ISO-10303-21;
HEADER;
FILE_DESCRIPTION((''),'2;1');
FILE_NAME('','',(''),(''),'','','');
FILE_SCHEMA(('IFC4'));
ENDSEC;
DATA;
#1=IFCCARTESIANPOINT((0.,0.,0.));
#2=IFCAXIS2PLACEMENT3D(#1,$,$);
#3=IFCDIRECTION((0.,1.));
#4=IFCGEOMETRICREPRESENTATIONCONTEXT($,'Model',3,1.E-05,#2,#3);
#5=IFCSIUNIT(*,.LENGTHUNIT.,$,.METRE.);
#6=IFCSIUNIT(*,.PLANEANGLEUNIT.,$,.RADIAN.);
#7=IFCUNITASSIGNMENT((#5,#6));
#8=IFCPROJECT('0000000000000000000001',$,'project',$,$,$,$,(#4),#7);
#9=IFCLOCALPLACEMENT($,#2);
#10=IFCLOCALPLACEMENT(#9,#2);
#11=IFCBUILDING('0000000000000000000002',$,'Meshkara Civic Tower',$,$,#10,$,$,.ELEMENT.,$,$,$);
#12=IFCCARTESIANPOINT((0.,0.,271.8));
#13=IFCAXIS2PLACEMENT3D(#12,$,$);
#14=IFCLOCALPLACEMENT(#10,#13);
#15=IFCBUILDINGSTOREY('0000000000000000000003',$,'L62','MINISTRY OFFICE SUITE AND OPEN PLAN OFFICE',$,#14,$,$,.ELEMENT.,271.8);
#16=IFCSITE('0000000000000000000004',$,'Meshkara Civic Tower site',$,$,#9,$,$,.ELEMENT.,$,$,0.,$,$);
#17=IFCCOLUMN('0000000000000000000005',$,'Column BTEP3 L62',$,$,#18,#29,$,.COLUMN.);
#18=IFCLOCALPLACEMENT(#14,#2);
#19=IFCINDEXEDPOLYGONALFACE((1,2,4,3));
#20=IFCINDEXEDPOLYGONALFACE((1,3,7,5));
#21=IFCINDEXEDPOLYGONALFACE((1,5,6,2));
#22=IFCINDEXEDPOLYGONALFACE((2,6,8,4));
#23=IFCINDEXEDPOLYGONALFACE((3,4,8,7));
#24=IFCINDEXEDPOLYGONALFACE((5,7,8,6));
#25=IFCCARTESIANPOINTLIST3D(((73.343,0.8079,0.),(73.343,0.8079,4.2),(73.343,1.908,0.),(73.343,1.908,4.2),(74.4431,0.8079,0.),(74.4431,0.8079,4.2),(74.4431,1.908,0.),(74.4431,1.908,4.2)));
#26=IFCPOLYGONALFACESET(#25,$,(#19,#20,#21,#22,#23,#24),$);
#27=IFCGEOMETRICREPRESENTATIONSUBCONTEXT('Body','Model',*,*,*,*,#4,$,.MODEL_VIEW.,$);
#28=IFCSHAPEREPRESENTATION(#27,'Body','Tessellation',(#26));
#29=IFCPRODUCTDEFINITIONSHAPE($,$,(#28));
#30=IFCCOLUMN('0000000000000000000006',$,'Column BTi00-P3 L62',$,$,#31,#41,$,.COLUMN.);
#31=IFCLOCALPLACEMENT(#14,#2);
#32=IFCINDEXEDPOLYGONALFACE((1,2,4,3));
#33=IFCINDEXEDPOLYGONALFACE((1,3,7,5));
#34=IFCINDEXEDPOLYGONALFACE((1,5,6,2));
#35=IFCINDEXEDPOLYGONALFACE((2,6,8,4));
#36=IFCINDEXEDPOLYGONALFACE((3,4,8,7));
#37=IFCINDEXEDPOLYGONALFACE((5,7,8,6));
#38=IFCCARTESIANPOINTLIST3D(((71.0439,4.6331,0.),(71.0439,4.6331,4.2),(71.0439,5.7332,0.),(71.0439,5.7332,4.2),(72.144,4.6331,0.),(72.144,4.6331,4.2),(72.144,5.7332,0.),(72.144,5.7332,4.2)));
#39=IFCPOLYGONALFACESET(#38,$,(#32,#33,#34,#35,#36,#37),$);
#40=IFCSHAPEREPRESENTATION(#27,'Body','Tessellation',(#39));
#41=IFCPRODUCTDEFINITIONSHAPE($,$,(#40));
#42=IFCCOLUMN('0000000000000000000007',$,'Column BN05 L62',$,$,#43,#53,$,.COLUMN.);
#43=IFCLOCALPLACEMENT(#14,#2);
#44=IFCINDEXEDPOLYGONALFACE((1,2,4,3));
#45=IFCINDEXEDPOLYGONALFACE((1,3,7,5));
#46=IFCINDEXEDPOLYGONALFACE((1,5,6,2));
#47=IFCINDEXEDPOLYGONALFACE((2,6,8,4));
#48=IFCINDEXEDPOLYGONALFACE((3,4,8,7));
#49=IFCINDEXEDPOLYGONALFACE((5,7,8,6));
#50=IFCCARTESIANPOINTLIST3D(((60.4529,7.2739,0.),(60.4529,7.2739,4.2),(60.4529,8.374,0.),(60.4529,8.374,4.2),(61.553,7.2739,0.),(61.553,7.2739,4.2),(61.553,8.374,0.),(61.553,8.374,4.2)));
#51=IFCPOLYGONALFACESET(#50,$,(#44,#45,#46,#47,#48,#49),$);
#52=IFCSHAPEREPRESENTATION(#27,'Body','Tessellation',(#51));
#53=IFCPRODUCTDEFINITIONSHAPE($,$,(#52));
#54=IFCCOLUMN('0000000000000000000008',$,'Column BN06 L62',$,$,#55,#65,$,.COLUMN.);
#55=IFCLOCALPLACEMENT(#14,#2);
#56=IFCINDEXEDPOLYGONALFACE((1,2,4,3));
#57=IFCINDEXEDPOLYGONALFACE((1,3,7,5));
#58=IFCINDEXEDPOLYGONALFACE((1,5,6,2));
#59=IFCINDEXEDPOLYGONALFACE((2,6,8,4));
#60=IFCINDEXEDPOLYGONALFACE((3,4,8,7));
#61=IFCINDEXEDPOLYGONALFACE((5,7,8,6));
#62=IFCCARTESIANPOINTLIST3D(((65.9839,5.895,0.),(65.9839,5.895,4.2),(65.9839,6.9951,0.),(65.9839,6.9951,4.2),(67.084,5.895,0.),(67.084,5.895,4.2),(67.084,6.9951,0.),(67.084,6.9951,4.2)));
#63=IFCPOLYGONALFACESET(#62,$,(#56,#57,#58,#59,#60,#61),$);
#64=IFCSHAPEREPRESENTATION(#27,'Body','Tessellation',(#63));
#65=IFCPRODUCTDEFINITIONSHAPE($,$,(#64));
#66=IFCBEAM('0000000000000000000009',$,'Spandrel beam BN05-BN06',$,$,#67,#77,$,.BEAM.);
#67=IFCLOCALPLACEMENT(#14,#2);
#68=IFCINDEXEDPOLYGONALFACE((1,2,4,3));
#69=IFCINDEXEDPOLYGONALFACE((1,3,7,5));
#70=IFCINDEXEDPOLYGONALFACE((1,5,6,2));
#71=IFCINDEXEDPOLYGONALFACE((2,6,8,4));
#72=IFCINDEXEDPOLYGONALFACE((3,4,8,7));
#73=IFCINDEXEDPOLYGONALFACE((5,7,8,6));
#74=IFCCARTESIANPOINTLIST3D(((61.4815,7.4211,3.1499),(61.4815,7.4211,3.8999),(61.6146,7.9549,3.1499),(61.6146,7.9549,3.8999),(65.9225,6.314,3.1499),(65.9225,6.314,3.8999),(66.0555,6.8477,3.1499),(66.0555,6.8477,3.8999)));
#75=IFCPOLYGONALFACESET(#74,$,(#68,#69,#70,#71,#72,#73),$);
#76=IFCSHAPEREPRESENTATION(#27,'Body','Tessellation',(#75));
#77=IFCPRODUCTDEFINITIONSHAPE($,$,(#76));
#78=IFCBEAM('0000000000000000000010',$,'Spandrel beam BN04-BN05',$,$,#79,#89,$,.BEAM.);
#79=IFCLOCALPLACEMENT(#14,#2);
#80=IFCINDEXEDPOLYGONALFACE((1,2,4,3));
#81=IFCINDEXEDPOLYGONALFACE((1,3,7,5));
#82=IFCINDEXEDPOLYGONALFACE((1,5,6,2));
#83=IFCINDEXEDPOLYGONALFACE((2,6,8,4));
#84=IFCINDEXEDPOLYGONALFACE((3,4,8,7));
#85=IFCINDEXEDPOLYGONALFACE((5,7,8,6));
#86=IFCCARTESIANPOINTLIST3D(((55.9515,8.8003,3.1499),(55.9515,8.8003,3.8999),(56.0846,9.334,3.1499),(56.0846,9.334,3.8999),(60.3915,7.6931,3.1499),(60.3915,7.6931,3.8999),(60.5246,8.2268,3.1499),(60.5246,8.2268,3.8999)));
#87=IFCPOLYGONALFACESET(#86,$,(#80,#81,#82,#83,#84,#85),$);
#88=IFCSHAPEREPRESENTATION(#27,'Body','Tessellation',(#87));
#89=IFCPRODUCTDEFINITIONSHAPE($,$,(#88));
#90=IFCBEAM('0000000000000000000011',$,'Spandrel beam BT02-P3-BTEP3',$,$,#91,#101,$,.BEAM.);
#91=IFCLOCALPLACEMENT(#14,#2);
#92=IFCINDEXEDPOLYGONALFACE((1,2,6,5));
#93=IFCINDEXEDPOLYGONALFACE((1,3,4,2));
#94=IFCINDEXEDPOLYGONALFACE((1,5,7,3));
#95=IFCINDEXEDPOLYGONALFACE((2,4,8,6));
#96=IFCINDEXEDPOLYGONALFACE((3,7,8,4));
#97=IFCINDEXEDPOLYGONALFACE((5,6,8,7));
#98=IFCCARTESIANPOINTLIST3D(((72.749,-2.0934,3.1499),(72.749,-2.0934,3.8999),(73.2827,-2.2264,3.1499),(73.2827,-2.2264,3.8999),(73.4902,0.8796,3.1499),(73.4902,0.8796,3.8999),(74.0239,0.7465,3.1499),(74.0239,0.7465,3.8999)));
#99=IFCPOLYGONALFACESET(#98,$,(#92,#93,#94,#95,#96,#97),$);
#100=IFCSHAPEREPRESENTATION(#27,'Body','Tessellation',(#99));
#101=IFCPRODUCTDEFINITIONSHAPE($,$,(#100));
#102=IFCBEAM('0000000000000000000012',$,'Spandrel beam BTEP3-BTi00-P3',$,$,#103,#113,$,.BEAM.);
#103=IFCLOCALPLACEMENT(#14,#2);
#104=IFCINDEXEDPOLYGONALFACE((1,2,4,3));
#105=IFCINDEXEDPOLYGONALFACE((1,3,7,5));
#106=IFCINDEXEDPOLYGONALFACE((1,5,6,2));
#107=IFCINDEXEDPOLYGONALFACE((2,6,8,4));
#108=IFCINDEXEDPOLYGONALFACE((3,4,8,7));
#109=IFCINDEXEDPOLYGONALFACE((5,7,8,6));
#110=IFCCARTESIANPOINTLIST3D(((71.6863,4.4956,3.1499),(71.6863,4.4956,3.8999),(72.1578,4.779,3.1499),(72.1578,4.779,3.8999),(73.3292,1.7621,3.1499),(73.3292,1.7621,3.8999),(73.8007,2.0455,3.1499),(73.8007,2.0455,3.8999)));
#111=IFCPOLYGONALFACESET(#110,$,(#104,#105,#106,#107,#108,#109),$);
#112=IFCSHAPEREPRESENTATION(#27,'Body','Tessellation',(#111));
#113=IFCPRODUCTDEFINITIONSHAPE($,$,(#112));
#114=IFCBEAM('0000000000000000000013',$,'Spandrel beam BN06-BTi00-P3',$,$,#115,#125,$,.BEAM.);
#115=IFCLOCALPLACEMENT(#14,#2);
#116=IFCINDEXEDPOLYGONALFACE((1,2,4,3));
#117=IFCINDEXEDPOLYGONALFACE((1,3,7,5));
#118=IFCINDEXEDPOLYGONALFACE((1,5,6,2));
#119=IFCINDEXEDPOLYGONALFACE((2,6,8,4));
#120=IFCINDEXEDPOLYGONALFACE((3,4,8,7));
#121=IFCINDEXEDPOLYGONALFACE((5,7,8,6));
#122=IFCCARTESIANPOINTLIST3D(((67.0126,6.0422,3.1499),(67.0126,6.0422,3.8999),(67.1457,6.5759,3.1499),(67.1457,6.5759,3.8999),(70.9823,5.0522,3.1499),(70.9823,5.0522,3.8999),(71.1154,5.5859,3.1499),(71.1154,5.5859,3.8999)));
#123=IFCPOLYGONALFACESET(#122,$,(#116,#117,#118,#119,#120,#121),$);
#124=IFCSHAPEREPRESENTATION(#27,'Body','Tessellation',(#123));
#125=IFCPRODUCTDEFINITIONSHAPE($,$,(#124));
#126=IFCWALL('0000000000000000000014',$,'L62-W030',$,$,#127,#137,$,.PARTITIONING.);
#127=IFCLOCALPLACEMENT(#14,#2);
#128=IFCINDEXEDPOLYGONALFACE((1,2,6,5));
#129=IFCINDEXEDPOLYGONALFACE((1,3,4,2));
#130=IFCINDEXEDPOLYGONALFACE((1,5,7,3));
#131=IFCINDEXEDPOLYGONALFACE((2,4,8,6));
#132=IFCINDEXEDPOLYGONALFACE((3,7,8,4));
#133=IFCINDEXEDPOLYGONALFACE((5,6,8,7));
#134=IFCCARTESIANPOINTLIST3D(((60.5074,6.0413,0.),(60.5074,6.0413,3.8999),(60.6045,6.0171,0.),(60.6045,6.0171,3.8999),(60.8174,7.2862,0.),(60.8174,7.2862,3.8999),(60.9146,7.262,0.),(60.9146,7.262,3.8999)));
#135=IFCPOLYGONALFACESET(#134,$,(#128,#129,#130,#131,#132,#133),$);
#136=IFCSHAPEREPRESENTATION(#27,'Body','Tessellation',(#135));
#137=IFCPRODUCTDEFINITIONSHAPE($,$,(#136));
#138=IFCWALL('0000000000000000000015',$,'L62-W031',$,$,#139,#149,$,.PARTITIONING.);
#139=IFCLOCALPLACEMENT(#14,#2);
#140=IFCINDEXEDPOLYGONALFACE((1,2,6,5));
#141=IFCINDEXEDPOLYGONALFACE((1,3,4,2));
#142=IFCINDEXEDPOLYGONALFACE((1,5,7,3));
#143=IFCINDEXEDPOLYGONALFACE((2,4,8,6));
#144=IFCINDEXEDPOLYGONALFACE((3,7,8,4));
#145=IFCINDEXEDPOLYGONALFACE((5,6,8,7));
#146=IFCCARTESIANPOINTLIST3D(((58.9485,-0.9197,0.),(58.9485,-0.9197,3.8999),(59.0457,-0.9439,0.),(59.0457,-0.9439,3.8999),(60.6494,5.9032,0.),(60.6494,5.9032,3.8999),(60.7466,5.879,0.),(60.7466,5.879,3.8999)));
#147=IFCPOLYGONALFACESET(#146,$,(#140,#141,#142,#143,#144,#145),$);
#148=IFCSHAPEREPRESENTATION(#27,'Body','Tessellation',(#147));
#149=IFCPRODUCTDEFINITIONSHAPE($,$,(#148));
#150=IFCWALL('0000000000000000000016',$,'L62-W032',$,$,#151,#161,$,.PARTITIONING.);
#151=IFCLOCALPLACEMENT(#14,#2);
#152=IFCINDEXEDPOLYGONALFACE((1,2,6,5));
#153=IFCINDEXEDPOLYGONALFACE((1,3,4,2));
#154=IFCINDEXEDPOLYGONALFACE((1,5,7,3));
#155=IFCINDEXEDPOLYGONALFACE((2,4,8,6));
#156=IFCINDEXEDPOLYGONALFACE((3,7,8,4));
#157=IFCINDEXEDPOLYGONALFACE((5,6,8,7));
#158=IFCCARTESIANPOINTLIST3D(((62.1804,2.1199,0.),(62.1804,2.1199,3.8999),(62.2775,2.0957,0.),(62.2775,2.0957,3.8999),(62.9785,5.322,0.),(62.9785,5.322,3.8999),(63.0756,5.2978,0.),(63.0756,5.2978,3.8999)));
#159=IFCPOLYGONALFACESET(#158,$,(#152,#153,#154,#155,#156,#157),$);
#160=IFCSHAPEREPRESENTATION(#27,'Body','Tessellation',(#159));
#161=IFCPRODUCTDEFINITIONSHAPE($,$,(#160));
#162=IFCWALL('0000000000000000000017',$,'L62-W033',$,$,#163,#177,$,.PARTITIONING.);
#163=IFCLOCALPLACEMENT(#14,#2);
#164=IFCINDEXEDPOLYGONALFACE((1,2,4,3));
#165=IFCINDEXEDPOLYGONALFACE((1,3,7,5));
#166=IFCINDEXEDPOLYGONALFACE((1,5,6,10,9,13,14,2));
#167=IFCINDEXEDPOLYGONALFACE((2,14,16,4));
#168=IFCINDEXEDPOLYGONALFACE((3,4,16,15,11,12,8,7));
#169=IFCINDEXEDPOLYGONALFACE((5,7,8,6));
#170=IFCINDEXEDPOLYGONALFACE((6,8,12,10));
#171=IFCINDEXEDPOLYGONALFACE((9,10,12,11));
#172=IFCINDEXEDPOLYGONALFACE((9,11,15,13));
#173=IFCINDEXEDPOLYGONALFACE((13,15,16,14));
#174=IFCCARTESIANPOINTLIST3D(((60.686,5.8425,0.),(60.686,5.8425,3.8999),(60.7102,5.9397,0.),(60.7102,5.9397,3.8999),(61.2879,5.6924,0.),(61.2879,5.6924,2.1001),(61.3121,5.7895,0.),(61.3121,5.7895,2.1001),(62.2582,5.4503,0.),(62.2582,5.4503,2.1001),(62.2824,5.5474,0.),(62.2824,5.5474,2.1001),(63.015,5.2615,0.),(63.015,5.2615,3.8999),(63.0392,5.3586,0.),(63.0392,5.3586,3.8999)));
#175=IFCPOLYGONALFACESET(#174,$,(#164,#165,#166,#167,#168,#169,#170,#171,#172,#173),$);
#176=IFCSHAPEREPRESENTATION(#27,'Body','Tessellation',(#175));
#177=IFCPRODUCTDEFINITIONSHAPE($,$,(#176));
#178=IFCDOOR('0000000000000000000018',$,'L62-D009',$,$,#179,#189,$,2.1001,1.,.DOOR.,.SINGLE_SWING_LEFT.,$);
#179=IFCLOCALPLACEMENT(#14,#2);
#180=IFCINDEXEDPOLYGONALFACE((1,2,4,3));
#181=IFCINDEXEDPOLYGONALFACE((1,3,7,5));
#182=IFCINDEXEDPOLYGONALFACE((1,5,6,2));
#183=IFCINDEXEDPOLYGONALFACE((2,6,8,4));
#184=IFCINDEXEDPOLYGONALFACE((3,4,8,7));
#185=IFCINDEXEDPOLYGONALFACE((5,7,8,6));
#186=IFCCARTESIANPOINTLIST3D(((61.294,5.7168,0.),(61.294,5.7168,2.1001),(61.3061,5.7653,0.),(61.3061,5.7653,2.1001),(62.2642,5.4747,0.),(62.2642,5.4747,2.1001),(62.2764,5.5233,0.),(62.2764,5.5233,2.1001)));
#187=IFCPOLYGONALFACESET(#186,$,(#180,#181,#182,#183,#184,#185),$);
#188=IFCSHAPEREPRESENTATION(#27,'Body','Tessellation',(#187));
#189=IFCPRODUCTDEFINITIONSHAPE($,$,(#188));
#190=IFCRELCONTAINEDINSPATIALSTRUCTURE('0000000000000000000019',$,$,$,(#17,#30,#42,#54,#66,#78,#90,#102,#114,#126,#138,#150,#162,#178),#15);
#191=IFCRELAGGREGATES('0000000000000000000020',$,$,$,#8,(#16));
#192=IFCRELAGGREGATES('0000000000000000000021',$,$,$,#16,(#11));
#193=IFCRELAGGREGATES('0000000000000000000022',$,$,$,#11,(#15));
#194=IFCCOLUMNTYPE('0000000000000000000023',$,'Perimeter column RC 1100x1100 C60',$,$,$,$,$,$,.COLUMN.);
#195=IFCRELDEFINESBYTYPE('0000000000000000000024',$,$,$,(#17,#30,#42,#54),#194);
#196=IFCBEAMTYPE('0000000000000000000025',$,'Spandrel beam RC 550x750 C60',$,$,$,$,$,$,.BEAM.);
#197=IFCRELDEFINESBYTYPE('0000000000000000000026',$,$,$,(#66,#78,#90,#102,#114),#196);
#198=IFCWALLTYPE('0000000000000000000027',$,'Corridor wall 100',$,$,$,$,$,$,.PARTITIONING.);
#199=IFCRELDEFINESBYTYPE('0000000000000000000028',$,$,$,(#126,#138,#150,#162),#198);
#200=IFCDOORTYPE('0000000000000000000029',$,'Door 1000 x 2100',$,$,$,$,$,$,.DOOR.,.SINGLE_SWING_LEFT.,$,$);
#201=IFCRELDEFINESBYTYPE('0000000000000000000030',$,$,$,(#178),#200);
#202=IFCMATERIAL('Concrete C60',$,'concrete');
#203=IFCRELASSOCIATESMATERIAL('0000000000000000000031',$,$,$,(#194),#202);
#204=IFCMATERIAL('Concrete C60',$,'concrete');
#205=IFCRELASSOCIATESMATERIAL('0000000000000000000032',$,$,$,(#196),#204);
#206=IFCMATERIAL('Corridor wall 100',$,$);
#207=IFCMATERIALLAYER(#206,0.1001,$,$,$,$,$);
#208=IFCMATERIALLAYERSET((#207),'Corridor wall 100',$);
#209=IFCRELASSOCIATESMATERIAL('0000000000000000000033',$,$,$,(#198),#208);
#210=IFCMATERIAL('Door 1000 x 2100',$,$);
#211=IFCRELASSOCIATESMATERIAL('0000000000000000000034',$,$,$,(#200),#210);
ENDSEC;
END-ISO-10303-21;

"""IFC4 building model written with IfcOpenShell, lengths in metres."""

from ifc_helpers import new_model, si_unit, direction, frame, frame_2d, origin, origin_2d, place, context, subcontext, project, spatial, rectangle, extrude, material, layer, layer_set, material_profile, profile_set, type_object, element, fill, save


model = new_model("IFC4")

# Units and contexts
model_context = context("Model", 3, precision=1e-05, world=origin(), true_north=direction((0.0, 1.0)))
body_context = subcontext(model_context, "Body", "Model", "MODEL_VIEW")
ifc_project = project(units=[si_unit("LENGTHUNIT", "METRE"), si_unit("PLANEANGLEUNIT", "RADIAN")], contexts=[model_context])

# Site, building, storey
site_placement = place(None, origin())
site = spatial("IfcSite", under=ifc_project, at=site_placement, Name="Meshkara Civic Tower site", CompositionType="ELEMENT", RefElevation=0.0)
building_placement = place(site_placement, origin())
building = spatial("IfcBuilding", under=site, at=building_placement, Name="Meshkara Civic Tower", CompositionType="ELEMENT")
storey_placement = place(building_placement, frame((0.0, 0.0, 271.8)))
storey = spatial("IfcBuildingStorey", under=building, at=storey_placement, Name="L62", Description="MINISTRY OFFICE SUITE AND OPEN PLAN OFFICE", CompositionType="ELEMENT", Elevation=271.8)

# Columns
ifc_material_1 = material(Name="Concrete C60", Category="concrete")
ifc_material_profile_1 = material_profile(ifc_material_1, rectangle(XDim=1.1001, YDim=1.1001, at=origin_2d()))
ifc_profile_set_1 = profile_set([ifc_material_profile_1], Name="Concrete C60")
column_type = type_object("IfcColumnType", Name="Perimeter column RC 1100x1100 C60", PredefinedType="COLUMN", material=ifc_profile_set_1)
for number, where, z_axis, x_axis, name in (
    (1, (73.8931, 1.3579, 0.0), (0.0, 0.0, 1.0), (1.0, 0.0, 0.0), "Column BTEP3 L62"),
    (2, (71.594, 5.1831, 0.0), (0.0, 0.0, 1.0), (1.0, 0.0, 0.0), "Column BTi00-P3 L62"),
    (3, (61.0029, 7.824, 0.0), (0.0, 0.0, 1.0), (1.0, 0.0, 0.0), "Column BN05 L62"),
    (4, (66.5339, 6.4451, 0.0), (0.0, 0.0, 1.0), (1.0, 0.0, 0.0), "Column BN06 L62"),
):
    element("IfcColumn", number, at=place(storey_placement, frame(where, z_axis=z_axis, x_axis=x_axis)), inside=storey, type_object=column_type, Name=name, PredefinedType="COLUMN", context=body_context, shape_type="SweptSolid", body=[
        extrude(rectangle(XDim=1.1001, YDim=1.1001, at=origin_2d()), origin(), (0.0, 0.0, 1.0), 4.2),
    ])

# Beams
ifc_material_2 = material(Name="Concrete C60", Category="concrete")
ifc_material_profile_2 = material_profile(ifc_material_2, rectangle(XDim=0.55, YDim=0.75, at=origin_2d()))
ifc_profile_set_2 = profile_set([ifc_material_profile_2], Name="Concrete C60")
beam_type = type_object("IfcBeamType", Name="Spandrel beam RC 550x750 C60", PredefinedType="BEAM", material=ifc_profile_set_2)
beam_1_placement = place(storey_placement, frame((65.989, 6.5808, 3.5249), z_axis=(-0.970299, 0.241908, 0.0), x_axis=(-0.241908, -0.970299, 0.0)))
element("IfcBeam", 5, at=beam_1_placement, inside=storey, type_object=beam_type, Name="Spandrel beam BN05-BN06", PredefinedType="BEAM", context=body_context, shape_type="SweptSolid", body=[
    extrude(rectangle(XDim=0.55, YDim=0.75, at=origin_2d()), origin(), (0.0, 0.0, 1.0), 4.5769),
])
beam_2_placement = place(storey_placement, frame((60.458, 7.96, 3.5249), z_axis=(-0.970287, 0.241958, 0.0), x_axis=(-0.241958, -0.970287, 0.0)))
element("IfcBeam", 6, at=beam_2_placement, inside=storey, type_object=beam_type, Name="Spandrel beam BN04-BN05", PredefinedType="BEAM", context=body_context, shape_type="SweptSolid", body=[
    extrude(rectangle(XDim=0.55, YDim=0.75, at=origin_2d()), origin(), (0.0, 0.0, 1.0), 4.5759),
])
beam_3_placement = place(storey_placement, frame((73.0159, -2.1599, 3.5249), z_axis=(0.241917, 0.970297, 0.0), x_axis=(-0.970297, 0.241917, 0.0)))
element("IfcBeam", 7, at=beam_3_placement, inside=storey, type_object=beam_type, Name="Spandrel beam BT02-P3-BTEP3", PredefinedType="BEAM", context=body_context, shape_type="SweptSolid", body=[
    extrude(rectangle(XDim=0.55, YDim=0.75, at=origin_2d()), origin(), (0.0, 0.0, 1.0), 3.064),
])
beam_4_placement = place(storey_placement, frame((73.5649, 1.9038, 3.5249), z_axis=(-0.515137, 0.857108, 0.0), x_axis=(-0.857108, -0.515137, 0.0)))
element("IfcBeam", 8, at=beam_4_placement, inside=storey, type_object=beam_type, Name="Spandrel beam BTEP3-BTi00-P3", PredefinedType="BEAM", context=body_context, shape_type="SweptSolid", body=[
    extrude(rectangle(XDim=0.55, YDim=0.75, at=origin_2d()), origin(), (0.0, 0.0, 1.0), 3.1892),
])
beam_5_placement = place(storey_placement, frame((71.0488, 5.3191, 3.5249), z_axis=(-0.970283, 0.241974, 0.0), x_axis=(-0.241974, -0.970283, 0.0)))
element("IfcBeam", 9, at=beam_5_placement, inside=storey, type_object=beam_type, Name="Spandrel beam BN06-BTi00-P3", PredefinedType="BEAM", context=body_context, shape_type="SweptSolid", body=[
    extrude(rectangle(XDim=0.55, YDim=0.75, at=origin_2d()), origin(), (0.0, 0.0, 1.0), 4.0913),
])

# Walls
ifc_material_3 = material(Name="Corridor wall 100")
ifc_layer_1 = layer(ifc_material_3, 0.1001)
ifc_layer_set_1 = layer_set([ifc_layer_1], Name="Corridor wall 100")
wall_type_1 = type_object("IfcWallType", Name="Corridor wall 100", PredefinedType="PARTITIONING", material=ifc_layer_set_1)
wall_1_placement = place(storey_placement, frame((60.5559, 6.0291, 0.0), z_axis=(0.0, 0.0, 1.0), x_axis=(0.241685, 0.970355, 0.0)))
element("IfcWall", 10, at=wall_1_placement, inside=storey, type_object=wall_type_1, Name="L62-W030", PredefinedType="PARTITIONING", context=body_context, shape_type="SweptSolid", body=[
    extrude(rectangle(XDim=1.283, YDim=0.1001, at=frame_2d((0.6416, 0.0))), origin(), (0.0, 0.0, 1.0), 3.8999),
])
wall_2_placement = place(storey_placement, frame((60.698, 5.8911, 0.0), z_axis=(0.0, 0.0, 1.0), x_axis=(-0.24189, -0.970304, 0.0)))
element("IfcWall", 11, at=wall_2_placement, inside=storey, type_object=wall_type_1, Name="L62-W031", PredefinedType="PARTITIONING", context=body_context, shape_type="SweptSolid", body=[
    extrude(rectangle(XDim=7.0317, YDim=0.1001, at=frame_2d((3.5159, 0.0))), origin(), (0.0, 0.0, 1.0), 3.8999),
])
wall_3_placement = place(storey_placement, frame((62.229, 2.1079, 0.0), z_axis=(0.0, 0.0, 1.0), x_axis=(0.241839, 0.970316, 0.0)))
element("IfcWall", 12, at=wall_3_placement, inside=storey, type_object=wall_type_1, Name="L62-W032", PredefinedType="PARTITIONING", context=body_context, shape_type="SweptSolid", body=[
    extrude(rectangle(XDim=3.3, YDim=0.1001, at=frame_2d((1.6499, 0.0))), origin(), (0.0, 0.0, 1.0), 3.8999),
])

# Wall, opening, door
wall_4_placement = place(storey_placement, frame((63.0271, 5.3101, 0.0), z_axis=(0.0, 0.0, 1.0), x_axis=(-0.970262, 0.242057, 0.0)))
wall_4 = element("IfcWall", 13, at=wall_4_placement, inside=storey, type_object=wall_type_1, Name="L62-W033", PredefinedType="PARTITIONING", context=body_context, shape_type="SweptSolid", body=[
    extrude(rectangle(XDim=2.4004, YDim=0.1001, at=frame_2d((1.2002, 0.0))), origin(), (0.0, 0.0, 1.0), 3.8999),
])
opening_1_placement = place(wall_4_placement, frame((0.78, 0.0, 0.0)))
opening_1 = element("IfcOpeningElement", 14, at=opening_1_placement, cuts=wall_4, PredefinedType="OPENING", context=body_context, shape_type="SweptSolid", body=[
    extrude(rectangle(XDim=1.0, YDim=2.1001, at=frame_2d((0.5, 1.05))), frame((0.0, 0.0601, 0.0), z_axis=(0.0, -1.0, 0.0), x_axis=(1.0, 0.0, 0.0)), (0.0, 0.0, 1.0), 0.1201),
])
ifc_material_4 = material(Name="Door 1000 x 2100")
door_type = type_object("IfcDoorType", Name="Door 1000 x 2100", OperationType="SINGLE_SWING_LEFT", PredefinedType="DOOR", material=ifc_material_4)
door_placement = place(opening_1_placement, origin())
door = element("IfcDoor", 15, at=door_placement, inside=storey, type_object=door_type, Name="L62-D009", OperationType="SINGLE_SWING_LEFT", OverallHeight=2.1001, OverallWidth=1.0, PredefinedType="DOOR", context=body_context, shape_type="SweptSolid", body=[
    extrude(rectangle(XDim=1.0, YDim=2.1001, at=frame_2d((0.5, 1.05))), frame((0.0, 0.0249, 0.0), z_axis=(0.0, -1.0, 0.0), x_axis=(1.0, 0.0, 0.0)), (0.0, 0.0, 1.0), 0.05),
])
fill(opening_1, door)

save(model, "model.ifc")
